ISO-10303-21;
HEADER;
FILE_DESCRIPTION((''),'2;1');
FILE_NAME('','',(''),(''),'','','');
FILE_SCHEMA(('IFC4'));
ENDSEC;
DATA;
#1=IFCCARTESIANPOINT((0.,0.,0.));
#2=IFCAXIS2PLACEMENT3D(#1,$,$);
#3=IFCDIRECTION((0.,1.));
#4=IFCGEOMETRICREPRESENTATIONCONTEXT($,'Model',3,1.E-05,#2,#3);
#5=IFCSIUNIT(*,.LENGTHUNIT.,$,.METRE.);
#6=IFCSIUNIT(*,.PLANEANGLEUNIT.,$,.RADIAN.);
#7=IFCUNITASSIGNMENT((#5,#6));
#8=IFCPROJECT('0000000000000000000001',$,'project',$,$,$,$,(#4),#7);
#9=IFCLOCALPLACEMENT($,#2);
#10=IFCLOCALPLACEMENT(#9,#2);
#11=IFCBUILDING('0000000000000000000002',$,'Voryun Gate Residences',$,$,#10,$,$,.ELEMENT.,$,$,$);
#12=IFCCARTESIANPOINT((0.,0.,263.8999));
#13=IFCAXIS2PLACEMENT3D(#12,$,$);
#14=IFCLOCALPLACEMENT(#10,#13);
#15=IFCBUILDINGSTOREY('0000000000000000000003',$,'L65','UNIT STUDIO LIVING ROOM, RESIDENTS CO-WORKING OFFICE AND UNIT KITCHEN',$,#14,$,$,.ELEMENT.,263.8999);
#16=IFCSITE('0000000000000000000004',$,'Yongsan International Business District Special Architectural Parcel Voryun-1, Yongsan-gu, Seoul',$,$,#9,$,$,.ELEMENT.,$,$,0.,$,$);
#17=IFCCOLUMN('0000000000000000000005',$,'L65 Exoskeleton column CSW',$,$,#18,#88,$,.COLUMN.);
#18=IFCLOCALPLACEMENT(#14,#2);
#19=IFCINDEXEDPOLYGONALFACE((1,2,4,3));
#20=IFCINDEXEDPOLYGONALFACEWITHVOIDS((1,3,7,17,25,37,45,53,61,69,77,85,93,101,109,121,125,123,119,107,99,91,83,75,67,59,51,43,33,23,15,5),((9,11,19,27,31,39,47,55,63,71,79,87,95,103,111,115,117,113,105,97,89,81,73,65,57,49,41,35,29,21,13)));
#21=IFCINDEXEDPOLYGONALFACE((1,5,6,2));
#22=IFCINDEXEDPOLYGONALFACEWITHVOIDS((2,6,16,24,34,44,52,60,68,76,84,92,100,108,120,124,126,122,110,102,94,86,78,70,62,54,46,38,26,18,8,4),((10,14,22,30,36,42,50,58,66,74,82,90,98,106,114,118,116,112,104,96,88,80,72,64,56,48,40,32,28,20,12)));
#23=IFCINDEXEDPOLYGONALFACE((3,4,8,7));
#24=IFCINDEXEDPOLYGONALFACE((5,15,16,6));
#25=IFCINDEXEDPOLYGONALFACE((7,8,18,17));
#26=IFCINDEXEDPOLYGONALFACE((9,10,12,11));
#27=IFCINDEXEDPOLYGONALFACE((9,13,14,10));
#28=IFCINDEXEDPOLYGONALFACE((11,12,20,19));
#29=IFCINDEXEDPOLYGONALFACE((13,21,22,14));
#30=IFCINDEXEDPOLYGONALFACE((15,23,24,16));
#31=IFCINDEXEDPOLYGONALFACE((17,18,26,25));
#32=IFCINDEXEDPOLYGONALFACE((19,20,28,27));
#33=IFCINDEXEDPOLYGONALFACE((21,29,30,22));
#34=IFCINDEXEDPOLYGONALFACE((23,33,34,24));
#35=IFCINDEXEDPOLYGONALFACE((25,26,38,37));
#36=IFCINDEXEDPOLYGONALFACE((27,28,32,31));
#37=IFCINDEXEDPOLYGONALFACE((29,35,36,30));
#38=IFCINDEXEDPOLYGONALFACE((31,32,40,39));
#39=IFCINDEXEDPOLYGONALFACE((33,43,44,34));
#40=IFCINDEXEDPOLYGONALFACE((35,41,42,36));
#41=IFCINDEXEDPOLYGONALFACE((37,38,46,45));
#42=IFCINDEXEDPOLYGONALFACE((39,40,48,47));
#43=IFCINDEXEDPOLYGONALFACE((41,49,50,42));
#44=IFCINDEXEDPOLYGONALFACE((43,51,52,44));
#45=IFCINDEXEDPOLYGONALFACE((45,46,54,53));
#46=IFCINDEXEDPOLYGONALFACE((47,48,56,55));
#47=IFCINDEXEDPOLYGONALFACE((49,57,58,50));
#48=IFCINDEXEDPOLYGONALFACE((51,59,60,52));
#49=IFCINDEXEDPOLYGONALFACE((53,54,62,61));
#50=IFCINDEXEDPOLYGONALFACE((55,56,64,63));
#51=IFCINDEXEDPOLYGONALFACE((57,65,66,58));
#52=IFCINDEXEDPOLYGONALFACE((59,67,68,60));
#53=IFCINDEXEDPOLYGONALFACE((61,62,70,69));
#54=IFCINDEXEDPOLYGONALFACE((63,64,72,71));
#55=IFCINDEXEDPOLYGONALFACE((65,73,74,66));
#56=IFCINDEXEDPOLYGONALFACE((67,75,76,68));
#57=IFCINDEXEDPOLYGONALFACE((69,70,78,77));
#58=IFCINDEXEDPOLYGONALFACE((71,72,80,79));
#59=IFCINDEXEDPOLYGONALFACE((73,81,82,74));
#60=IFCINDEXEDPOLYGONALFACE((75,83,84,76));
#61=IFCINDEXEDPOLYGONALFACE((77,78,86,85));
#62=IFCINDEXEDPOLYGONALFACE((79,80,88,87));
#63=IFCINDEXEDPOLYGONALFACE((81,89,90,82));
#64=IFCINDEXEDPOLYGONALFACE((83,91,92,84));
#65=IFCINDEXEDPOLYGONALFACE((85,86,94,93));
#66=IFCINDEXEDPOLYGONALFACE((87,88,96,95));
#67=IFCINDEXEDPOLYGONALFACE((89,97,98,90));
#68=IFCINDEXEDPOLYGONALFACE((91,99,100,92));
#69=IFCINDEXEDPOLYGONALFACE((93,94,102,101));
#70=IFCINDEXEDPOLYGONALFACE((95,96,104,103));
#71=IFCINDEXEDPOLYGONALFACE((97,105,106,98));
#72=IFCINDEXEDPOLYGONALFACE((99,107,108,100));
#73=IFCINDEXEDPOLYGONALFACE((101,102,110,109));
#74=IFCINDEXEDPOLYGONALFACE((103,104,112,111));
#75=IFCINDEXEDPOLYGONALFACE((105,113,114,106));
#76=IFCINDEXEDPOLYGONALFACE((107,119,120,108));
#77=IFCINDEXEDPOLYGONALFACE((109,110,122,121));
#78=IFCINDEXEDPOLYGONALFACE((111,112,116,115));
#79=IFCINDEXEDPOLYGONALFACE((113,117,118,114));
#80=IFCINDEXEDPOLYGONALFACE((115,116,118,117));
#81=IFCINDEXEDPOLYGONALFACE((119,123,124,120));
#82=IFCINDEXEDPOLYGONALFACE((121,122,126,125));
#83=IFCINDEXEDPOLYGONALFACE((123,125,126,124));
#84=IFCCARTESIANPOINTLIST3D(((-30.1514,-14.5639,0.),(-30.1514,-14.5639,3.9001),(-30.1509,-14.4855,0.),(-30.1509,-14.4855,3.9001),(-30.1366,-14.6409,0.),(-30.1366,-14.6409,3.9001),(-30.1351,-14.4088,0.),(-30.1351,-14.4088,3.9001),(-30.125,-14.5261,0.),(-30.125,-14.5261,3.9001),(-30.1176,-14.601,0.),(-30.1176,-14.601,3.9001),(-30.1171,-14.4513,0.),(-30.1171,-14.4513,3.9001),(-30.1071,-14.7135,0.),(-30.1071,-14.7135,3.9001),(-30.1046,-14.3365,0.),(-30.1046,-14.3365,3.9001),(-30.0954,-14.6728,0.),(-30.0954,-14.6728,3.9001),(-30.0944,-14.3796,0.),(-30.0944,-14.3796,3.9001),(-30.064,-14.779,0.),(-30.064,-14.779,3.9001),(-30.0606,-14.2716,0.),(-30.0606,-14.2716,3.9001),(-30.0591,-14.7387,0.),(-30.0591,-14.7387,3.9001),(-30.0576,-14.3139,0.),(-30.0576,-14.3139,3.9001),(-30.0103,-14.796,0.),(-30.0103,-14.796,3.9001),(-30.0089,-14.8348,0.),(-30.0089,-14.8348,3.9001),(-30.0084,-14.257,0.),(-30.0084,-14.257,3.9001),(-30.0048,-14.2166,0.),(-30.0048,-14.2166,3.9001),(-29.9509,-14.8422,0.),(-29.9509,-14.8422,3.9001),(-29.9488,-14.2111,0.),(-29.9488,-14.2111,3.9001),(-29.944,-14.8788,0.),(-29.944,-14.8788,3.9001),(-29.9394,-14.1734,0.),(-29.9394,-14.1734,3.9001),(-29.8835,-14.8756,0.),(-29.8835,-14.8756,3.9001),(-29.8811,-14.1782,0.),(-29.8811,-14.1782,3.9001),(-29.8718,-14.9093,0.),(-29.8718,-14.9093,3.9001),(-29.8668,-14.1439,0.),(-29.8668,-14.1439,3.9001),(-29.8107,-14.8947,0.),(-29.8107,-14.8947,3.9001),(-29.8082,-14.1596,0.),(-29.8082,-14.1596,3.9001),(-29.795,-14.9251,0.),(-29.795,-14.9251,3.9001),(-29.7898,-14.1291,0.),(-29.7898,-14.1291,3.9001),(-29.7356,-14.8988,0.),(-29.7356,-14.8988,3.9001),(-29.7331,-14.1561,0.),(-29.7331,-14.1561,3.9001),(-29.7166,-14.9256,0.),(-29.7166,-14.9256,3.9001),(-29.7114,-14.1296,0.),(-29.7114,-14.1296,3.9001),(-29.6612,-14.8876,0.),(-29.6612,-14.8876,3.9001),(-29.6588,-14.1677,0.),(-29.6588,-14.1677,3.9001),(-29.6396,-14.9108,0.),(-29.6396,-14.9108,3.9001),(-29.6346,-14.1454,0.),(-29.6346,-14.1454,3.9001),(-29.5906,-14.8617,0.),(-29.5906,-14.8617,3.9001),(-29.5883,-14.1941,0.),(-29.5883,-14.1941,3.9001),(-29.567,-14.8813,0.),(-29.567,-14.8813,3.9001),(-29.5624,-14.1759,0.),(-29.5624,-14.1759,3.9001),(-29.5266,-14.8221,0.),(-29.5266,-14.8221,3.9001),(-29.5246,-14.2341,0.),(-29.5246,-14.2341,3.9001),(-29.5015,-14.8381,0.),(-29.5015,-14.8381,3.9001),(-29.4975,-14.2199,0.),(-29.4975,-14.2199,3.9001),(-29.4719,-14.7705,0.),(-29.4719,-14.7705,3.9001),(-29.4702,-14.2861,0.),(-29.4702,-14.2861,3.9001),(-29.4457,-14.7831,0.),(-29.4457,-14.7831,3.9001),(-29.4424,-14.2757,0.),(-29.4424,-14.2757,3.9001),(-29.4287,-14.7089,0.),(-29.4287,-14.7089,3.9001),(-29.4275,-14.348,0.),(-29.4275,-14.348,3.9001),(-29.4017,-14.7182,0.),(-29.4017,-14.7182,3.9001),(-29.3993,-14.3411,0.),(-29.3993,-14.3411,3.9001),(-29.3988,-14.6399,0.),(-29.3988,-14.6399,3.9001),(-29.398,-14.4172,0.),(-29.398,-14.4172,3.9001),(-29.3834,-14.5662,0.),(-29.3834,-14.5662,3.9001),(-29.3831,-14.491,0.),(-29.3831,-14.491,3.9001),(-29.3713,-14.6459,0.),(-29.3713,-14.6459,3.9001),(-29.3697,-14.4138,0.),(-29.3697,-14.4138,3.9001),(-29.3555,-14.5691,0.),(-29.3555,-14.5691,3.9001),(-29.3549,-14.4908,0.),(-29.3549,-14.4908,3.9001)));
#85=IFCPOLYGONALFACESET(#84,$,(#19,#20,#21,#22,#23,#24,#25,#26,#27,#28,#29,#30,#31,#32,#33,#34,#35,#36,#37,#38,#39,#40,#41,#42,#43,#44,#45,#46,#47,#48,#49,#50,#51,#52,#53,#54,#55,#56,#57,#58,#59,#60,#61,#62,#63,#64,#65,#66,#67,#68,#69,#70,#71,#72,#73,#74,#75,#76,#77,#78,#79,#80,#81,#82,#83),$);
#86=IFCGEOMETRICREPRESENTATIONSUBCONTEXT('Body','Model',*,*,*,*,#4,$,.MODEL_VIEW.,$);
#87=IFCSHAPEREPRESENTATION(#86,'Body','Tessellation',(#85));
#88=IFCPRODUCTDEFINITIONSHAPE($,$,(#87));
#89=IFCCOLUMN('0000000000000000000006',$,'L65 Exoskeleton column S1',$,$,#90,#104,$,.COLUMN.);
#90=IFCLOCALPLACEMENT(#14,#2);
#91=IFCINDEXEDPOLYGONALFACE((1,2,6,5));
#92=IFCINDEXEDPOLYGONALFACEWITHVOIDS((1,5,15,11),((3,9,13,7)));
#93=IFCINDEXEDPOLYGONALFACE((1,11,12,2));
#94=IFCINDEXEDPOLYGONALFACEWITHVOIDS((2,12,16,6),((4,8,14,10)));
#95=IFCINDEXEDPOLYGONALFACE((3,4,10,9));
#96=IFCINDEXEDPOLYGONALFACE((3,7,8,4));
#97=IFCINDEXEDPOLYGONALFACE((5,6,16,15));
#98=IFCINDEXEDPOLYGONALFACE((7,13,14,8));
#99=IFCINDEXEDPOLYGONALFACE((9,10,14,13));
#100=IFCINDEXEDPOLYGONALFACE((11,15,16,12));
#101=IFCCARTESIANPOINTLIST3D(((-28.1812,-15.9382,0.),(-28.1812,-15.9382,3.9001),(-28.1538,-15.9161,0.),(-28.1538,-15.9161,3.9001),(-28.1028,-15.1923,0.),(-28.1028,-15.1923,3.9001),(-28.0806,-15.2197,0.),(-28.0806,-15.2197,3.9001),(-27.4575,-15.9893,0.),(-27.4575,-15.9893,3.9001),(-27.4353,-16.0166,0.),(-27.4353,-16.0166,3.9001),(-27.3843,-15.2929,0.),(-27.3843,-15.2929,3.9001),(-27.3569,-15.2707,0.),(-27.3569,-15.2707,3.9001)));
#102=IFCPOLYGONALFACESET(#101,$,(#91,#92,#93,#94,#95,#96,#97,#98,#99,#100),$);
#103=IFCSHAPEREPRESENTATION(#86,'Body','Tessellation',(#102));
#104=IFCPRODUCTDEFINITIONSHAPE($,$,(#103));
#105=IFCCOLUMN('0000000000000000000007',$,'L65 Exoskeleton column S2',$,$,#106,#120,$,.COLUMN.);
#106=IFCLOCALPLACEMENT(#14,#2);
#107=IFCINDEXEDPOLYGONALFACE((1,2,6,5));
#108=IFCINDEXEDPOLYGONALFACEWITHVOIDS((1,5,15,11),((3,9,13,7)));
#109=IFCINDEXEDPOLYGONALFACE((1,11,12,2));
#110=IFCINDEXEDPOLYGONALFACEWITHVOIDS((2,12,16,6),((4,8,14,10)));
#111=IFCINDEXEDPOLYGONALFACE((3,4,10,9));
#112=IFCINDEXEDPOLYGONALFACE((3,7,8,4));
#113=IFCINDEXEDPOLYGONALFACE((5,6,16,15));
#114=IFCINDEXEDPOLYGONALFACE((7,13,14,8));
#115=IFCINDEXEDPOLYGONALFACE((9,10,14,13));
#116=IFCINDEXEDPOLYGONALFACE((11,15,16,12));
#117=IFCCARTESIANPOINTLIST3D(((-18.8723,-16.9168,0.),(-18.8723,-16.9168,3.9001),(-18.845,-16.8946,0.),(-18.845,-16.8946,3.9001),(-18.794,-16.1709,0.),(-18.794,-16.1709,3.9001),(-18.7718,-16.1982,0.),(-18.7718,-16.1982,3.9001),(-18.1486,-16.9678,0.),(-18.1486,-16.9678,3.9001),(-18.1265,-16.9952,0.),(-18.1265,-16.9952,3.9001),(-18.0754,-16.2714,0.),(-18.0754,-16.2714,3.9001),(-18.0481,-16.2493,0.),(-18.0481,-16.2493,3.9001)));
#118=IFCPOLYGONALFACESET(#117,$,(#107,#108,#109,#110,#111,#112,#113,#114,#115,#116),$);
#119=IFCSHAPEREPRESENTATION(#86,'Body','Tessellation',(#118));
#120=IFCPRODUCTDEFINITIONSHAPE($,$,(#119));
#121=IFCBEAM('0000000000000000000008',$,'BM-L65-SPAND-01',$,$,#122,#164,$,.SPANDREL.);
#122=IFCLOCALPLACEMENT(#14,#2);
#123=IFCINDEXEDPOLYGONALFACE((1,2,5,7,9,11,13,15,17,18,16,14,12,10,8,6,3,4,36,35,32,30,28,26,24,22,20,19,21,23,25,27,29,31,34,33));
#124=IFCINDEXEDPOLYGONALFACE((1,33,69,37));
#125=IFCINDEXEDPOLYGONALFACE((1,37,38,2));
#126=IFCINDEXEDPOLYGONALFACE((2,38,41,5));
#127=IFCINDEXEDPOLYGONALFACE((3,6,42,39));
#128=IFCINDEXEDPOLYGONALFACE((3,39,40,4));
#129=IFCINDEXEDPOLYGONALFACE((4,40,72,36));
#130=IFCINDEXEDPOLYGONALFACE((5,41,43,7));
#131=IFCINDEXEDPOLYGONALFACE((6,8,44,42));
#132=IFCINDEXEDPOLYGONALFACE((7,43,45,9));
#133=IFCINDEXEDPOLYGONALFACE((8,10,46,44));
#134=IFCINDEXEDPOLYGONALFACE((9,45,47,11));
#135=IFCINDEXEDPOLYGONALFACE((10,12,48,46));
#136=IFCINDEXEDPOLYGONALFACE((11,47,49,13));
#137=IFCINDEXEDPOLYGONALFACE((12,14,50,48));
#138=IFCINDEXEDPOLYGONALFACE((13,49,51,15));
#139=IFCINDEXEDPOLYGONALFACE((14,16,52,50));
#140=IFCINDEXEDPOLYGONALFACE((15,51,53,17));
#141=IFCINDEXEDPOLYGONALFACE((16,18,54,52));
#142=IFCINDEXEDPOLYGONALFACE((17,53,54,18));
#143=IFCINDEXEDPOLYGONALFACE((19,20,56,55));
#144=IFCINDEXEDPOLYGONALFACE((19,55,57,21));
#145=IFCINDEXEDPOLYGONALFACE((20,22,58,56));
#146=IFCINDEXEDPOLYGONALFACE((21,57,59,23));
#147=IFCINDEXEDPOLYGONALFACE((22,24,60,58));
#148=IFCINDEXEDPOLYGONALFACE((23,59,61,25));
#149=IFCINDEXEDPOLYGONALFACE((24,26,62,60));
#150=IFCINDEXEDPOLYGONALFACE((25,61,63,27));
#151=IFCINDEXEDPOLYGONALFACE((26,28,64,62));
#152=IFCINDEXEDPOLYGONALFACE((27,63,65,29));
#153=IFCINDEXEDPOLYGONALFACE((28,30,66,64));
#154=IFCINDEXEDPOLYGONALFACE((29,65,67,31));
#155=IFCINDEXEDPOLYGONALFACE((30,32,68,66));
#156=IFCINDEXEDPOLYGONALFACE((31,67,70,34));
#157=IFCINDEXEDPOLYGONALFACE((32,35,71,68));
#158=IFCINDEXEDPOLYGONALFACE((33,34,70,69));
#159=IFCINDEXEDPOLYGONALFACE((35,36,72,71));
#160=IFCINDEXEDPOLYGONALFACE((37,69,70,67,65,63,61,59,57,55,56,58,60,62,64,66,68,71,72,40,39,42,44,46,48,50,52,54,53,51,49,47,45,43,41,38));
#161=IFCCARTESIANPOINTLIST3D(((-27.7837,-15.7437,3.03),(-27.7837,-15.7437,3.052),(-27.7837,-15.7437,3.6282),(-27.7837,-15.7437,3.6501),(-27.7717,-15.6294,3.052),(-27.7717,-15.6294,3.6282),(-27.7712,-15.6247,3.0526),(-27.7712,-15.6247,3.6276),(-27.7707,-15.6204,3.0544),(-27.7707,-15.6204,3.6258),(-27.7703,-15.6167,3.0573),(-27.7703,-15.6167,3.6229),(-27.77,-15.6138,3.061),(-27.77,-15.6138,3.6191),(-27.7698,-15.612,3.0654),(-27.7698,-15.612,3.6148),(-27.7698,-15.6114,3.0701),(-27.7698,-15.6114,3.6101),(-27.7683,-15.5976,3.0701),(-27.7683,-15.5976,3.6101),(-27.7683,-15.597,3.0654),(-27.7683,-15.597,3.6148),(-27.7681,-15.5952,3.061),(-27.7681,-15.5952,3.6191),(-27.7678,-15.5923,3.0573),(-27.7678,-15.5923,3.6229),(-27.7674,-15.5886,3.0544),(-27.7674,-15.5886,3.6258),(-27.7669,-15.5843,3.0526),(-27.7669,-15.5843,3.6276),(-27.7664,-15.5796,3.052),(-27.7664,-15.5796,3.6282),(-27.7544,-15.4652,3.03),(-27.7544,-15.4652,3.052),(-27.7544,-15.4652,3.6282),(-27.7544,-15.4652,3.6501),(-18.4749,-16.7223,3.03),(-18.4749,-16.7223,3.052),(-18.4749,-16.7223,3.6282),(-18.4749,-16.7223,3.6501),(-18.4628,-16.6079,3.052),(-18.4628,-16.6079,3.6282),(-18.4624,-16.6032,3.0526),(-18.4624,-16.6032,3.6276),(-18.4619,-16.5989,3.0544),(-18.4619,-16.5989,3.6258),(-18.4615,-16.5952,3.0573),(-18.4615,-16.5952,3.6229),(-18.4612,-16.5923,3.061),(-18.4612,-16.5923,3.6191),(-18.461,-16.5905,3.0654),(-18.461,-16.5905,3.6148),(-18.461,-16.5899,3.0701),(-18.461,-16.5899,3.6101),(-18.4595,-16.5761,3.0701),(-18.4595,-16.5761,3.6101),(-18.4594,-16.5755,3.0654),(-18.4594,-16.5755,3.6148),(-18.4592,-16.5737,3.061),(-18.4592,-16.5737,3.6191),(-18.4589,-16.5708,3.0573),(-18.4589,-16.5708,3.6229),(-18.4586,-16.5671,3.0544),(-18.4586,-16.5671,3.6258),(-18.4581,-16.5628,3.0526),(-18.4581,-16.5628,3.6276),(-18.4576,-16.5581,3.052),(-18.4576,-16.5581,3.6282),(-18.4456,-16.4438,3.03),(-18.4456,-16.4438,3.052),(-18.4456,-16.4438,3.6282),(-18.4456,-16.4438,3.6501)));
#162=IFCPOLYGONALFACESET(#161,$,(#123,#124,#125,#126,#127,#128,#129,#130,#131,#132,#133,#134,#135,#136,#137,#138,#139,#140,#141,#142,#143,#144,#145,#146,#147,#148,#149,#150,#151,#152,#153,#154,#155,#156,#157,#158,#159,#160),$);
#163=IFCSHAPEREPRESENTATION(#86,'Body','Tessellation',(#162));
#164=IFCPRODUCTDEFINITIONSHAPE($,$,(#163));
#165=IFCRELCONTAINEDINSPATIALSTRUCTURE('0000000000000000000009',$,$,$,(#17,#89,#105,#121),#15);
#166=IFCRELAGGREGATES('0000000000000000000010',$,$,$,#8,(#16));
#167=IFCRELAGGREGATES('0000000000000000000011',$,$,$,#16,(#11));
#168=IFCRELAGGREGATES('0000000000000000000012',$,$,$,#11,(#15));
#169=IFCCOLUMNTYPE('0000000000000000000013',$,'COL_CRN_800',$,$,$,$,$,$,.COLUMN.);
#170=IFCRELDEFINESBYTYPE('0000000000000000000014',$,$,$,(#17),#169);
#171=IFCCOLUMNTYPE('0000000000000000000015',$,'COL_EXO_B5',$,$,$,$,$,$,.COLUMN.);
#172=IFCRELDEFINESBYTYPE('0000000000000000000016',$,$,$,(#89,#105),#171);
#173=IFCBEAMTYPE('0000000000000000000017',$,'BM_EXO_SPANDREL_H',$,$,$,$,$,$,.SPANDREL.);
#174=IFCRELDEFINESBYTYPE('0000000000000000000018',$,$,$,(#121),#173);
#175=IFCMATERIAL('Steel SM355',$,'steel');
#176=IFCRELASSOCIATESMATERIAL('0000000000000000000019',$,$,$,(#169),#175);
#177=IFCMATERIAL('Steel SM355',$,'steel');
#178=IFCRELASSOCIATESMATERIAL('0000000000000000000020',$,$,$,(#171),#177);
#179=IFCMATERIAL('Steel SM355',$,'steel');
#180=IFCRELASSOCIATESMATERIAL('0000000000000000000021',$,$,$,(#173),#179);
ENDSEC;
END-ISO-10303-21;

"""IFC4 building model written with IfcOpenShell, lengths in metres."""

from ifc_helpers import new_model, si_unit, direction, frame, origin, origin_2d, place, context, subcontext, project, spatial, hollow_rectangle, hollow_circle, i_section, extrude, material, material_profile, profile_set, type_object, element, save


model = new_model("IFC4")

# Units and contexts
model_context = context("Model", 3, precision=1e-05, world=origin(), true_north=direction((0.0, 1.0)))
body_context = subcontext(model_context, "Body", "Model", "MODEL_VIEW")
ifc_project = project(units=[si_unit("LENGTHUNIT", "METRE"), si_unit("PLANEANGLEUNIT", "RADIAN")], contexts=[model_context])

# Site, building, storey
site_placement = place(None, origin())
site = spatial("IfcSite", under=ifc_project, at=site_placement, Name="Yongsan International Business District Special Architectural Parcel Voryun-1, Yongsan-gu, Seoul", CompositionType="ELEMENT", RefElevation=0.0)
building_placement = place(site_placement, origin())
building = spatial("IfcBuilding", under=site, at=building_placement, Name="Voryun Gate Residences", CompositionType="ELEMENT")
storey_placement = place(building_placement, frame((0.0, 0.0, 263.8999)))
storey = spatial("IfcBuildingStorey", under=building, at=storey_placement, Name="L65", Description="UNIT STUDIO LIVING ROOM, RESIDENTS CO-WORKING OFFICE AND UNIT KITCHEN", CompositionType="ELEMENT", Elevation=263.8999)

# Columns
ifc_material_1 = material(Name="Steel SM355", Category="steel")
ifc_material_profile_1 = material_profile(ifc_material_1, hollow_circle(Radius=0.3999, WallThickness=0.0281, at=origin_2d()), Name="CHS-800x28")
ifc_profile_set_1 = profile_set([ifc_material_profile_1], Name="Steel SM355")
column_type_1 = type_object("IfcColumnType", Name="COL_CRN_800", PredefinedType="COLUMN", material=ifc_profile_set_1)
column_placement = place(storey_placement, frame((-29.7532, -14.5273, 0.0), z_axis=(0.0, 0.0, 1.0), x_axis=(0.994522, -0.104528, 0.0)))
element("IfcColumn", 1, at=column_placement, inside=storey, type_object=column_type_1, Name="L65 Exoskeleton column CSW", PredefinedType="COLUMN", context=body_context, shape_type="SweptSolid", body=[
    extrude(hollow_circle(Radius=0.3999, WallThickness=0.0281, at=origin_2d()), origin(), (0.0, 0.0, 1.0), 3.9001),
])
ifc_material_2 = material(Name="Steel SM355", Category="steel")
ifc_material_profile_2 = material_profile(ifc_material_2, hollow_rectangle(XDim=0.75, YDim=0.75, WallThickness=0.0249, at=origin_2d()), Name="BOX-750x750x25")
ifc_profile_set_2 = profile_set([ifc_material_profile_2], Name="Steel SM355")
column_type_2 = type_object("IfcColumnType", Name="COL_EXO_B5", PredefinedType="COLUMN", material=ifc_profile_set_2)
for number, where, z_axis, x_axis, name in (
    (2, (-27.769, -15.6045, 0.0), (0.0, 0.0, 1.0), (0.994522, -0.104528, 0.0), "L65 Exoskeleton column S1"),
    (3, (-18.4602, -16.583, 0.0), (0.0, 0.0, 1.0), (0.994522, -0.104528, 0.0), "L65 Exoskeleton column S2"),
):
    element("IfcColumn", number, at=place(storey_placement, frame(where, z_axis=z_axis, x_axis=x_axis)), inside=storey, type_object=column_type_2, Name=name, PredefinedType="COLUMN", context=body_context, shape_type="SweptSolid", body=[
        extrude(hollow_rectangle(XDim=0.75, YDim=0.75, WallThickness=0.0249, at=origin_2d()), origin(), (0.0, 0.0, 1.0), 3.9001),
    ])

# Beam
ifc_material_3 = material(Name="Steel SM355", Category="steel")
ifc_material_profile_3 = material_profile(ifc_material_3, i_section(OverallWidth=0.28, OverallDepth=0.6201, WebThickness=0.0139, FlangeThickness=0.022, FilletRadius=0.0181, at=origin_2d()), Name="H-620x280x14x22")
ifc_profile_set_3 = profile_set([ifc_material_profile_3], Name="Steel SM355")
beam_type = type_object("IfcBeamType", Name="BM_EXO_SPANDREL_H", PredefinedType="SPANDREL", material=ifc_profile_set_3)
beam_1_placement = place(storey_placement, frame((-27.769, -15.6045, 3.3401), z_axis=(0.994521, -0.104541, 0.0), x_axis=(0.104541, 0.994521, 0.0)))
element("IfcBeam", 4, at=beam_1_placement, inside=storey, type_object=beam_type, Name="BM-L65-SPAND-01", PredefinedType="SPANDREL", context=body_context, shape_type="SweptSolid", body=[
    extrude(i_section(OverallWidth=0.28, OverallDepth=0.6201, WebThickness=0.0139, FlangeThickness=0.022, FilletRadius=0.0181, at=origin_2d()), origin(), (0.0, 0.0, 1.0), 9.3601),
])

save(model, "model.ifc")
